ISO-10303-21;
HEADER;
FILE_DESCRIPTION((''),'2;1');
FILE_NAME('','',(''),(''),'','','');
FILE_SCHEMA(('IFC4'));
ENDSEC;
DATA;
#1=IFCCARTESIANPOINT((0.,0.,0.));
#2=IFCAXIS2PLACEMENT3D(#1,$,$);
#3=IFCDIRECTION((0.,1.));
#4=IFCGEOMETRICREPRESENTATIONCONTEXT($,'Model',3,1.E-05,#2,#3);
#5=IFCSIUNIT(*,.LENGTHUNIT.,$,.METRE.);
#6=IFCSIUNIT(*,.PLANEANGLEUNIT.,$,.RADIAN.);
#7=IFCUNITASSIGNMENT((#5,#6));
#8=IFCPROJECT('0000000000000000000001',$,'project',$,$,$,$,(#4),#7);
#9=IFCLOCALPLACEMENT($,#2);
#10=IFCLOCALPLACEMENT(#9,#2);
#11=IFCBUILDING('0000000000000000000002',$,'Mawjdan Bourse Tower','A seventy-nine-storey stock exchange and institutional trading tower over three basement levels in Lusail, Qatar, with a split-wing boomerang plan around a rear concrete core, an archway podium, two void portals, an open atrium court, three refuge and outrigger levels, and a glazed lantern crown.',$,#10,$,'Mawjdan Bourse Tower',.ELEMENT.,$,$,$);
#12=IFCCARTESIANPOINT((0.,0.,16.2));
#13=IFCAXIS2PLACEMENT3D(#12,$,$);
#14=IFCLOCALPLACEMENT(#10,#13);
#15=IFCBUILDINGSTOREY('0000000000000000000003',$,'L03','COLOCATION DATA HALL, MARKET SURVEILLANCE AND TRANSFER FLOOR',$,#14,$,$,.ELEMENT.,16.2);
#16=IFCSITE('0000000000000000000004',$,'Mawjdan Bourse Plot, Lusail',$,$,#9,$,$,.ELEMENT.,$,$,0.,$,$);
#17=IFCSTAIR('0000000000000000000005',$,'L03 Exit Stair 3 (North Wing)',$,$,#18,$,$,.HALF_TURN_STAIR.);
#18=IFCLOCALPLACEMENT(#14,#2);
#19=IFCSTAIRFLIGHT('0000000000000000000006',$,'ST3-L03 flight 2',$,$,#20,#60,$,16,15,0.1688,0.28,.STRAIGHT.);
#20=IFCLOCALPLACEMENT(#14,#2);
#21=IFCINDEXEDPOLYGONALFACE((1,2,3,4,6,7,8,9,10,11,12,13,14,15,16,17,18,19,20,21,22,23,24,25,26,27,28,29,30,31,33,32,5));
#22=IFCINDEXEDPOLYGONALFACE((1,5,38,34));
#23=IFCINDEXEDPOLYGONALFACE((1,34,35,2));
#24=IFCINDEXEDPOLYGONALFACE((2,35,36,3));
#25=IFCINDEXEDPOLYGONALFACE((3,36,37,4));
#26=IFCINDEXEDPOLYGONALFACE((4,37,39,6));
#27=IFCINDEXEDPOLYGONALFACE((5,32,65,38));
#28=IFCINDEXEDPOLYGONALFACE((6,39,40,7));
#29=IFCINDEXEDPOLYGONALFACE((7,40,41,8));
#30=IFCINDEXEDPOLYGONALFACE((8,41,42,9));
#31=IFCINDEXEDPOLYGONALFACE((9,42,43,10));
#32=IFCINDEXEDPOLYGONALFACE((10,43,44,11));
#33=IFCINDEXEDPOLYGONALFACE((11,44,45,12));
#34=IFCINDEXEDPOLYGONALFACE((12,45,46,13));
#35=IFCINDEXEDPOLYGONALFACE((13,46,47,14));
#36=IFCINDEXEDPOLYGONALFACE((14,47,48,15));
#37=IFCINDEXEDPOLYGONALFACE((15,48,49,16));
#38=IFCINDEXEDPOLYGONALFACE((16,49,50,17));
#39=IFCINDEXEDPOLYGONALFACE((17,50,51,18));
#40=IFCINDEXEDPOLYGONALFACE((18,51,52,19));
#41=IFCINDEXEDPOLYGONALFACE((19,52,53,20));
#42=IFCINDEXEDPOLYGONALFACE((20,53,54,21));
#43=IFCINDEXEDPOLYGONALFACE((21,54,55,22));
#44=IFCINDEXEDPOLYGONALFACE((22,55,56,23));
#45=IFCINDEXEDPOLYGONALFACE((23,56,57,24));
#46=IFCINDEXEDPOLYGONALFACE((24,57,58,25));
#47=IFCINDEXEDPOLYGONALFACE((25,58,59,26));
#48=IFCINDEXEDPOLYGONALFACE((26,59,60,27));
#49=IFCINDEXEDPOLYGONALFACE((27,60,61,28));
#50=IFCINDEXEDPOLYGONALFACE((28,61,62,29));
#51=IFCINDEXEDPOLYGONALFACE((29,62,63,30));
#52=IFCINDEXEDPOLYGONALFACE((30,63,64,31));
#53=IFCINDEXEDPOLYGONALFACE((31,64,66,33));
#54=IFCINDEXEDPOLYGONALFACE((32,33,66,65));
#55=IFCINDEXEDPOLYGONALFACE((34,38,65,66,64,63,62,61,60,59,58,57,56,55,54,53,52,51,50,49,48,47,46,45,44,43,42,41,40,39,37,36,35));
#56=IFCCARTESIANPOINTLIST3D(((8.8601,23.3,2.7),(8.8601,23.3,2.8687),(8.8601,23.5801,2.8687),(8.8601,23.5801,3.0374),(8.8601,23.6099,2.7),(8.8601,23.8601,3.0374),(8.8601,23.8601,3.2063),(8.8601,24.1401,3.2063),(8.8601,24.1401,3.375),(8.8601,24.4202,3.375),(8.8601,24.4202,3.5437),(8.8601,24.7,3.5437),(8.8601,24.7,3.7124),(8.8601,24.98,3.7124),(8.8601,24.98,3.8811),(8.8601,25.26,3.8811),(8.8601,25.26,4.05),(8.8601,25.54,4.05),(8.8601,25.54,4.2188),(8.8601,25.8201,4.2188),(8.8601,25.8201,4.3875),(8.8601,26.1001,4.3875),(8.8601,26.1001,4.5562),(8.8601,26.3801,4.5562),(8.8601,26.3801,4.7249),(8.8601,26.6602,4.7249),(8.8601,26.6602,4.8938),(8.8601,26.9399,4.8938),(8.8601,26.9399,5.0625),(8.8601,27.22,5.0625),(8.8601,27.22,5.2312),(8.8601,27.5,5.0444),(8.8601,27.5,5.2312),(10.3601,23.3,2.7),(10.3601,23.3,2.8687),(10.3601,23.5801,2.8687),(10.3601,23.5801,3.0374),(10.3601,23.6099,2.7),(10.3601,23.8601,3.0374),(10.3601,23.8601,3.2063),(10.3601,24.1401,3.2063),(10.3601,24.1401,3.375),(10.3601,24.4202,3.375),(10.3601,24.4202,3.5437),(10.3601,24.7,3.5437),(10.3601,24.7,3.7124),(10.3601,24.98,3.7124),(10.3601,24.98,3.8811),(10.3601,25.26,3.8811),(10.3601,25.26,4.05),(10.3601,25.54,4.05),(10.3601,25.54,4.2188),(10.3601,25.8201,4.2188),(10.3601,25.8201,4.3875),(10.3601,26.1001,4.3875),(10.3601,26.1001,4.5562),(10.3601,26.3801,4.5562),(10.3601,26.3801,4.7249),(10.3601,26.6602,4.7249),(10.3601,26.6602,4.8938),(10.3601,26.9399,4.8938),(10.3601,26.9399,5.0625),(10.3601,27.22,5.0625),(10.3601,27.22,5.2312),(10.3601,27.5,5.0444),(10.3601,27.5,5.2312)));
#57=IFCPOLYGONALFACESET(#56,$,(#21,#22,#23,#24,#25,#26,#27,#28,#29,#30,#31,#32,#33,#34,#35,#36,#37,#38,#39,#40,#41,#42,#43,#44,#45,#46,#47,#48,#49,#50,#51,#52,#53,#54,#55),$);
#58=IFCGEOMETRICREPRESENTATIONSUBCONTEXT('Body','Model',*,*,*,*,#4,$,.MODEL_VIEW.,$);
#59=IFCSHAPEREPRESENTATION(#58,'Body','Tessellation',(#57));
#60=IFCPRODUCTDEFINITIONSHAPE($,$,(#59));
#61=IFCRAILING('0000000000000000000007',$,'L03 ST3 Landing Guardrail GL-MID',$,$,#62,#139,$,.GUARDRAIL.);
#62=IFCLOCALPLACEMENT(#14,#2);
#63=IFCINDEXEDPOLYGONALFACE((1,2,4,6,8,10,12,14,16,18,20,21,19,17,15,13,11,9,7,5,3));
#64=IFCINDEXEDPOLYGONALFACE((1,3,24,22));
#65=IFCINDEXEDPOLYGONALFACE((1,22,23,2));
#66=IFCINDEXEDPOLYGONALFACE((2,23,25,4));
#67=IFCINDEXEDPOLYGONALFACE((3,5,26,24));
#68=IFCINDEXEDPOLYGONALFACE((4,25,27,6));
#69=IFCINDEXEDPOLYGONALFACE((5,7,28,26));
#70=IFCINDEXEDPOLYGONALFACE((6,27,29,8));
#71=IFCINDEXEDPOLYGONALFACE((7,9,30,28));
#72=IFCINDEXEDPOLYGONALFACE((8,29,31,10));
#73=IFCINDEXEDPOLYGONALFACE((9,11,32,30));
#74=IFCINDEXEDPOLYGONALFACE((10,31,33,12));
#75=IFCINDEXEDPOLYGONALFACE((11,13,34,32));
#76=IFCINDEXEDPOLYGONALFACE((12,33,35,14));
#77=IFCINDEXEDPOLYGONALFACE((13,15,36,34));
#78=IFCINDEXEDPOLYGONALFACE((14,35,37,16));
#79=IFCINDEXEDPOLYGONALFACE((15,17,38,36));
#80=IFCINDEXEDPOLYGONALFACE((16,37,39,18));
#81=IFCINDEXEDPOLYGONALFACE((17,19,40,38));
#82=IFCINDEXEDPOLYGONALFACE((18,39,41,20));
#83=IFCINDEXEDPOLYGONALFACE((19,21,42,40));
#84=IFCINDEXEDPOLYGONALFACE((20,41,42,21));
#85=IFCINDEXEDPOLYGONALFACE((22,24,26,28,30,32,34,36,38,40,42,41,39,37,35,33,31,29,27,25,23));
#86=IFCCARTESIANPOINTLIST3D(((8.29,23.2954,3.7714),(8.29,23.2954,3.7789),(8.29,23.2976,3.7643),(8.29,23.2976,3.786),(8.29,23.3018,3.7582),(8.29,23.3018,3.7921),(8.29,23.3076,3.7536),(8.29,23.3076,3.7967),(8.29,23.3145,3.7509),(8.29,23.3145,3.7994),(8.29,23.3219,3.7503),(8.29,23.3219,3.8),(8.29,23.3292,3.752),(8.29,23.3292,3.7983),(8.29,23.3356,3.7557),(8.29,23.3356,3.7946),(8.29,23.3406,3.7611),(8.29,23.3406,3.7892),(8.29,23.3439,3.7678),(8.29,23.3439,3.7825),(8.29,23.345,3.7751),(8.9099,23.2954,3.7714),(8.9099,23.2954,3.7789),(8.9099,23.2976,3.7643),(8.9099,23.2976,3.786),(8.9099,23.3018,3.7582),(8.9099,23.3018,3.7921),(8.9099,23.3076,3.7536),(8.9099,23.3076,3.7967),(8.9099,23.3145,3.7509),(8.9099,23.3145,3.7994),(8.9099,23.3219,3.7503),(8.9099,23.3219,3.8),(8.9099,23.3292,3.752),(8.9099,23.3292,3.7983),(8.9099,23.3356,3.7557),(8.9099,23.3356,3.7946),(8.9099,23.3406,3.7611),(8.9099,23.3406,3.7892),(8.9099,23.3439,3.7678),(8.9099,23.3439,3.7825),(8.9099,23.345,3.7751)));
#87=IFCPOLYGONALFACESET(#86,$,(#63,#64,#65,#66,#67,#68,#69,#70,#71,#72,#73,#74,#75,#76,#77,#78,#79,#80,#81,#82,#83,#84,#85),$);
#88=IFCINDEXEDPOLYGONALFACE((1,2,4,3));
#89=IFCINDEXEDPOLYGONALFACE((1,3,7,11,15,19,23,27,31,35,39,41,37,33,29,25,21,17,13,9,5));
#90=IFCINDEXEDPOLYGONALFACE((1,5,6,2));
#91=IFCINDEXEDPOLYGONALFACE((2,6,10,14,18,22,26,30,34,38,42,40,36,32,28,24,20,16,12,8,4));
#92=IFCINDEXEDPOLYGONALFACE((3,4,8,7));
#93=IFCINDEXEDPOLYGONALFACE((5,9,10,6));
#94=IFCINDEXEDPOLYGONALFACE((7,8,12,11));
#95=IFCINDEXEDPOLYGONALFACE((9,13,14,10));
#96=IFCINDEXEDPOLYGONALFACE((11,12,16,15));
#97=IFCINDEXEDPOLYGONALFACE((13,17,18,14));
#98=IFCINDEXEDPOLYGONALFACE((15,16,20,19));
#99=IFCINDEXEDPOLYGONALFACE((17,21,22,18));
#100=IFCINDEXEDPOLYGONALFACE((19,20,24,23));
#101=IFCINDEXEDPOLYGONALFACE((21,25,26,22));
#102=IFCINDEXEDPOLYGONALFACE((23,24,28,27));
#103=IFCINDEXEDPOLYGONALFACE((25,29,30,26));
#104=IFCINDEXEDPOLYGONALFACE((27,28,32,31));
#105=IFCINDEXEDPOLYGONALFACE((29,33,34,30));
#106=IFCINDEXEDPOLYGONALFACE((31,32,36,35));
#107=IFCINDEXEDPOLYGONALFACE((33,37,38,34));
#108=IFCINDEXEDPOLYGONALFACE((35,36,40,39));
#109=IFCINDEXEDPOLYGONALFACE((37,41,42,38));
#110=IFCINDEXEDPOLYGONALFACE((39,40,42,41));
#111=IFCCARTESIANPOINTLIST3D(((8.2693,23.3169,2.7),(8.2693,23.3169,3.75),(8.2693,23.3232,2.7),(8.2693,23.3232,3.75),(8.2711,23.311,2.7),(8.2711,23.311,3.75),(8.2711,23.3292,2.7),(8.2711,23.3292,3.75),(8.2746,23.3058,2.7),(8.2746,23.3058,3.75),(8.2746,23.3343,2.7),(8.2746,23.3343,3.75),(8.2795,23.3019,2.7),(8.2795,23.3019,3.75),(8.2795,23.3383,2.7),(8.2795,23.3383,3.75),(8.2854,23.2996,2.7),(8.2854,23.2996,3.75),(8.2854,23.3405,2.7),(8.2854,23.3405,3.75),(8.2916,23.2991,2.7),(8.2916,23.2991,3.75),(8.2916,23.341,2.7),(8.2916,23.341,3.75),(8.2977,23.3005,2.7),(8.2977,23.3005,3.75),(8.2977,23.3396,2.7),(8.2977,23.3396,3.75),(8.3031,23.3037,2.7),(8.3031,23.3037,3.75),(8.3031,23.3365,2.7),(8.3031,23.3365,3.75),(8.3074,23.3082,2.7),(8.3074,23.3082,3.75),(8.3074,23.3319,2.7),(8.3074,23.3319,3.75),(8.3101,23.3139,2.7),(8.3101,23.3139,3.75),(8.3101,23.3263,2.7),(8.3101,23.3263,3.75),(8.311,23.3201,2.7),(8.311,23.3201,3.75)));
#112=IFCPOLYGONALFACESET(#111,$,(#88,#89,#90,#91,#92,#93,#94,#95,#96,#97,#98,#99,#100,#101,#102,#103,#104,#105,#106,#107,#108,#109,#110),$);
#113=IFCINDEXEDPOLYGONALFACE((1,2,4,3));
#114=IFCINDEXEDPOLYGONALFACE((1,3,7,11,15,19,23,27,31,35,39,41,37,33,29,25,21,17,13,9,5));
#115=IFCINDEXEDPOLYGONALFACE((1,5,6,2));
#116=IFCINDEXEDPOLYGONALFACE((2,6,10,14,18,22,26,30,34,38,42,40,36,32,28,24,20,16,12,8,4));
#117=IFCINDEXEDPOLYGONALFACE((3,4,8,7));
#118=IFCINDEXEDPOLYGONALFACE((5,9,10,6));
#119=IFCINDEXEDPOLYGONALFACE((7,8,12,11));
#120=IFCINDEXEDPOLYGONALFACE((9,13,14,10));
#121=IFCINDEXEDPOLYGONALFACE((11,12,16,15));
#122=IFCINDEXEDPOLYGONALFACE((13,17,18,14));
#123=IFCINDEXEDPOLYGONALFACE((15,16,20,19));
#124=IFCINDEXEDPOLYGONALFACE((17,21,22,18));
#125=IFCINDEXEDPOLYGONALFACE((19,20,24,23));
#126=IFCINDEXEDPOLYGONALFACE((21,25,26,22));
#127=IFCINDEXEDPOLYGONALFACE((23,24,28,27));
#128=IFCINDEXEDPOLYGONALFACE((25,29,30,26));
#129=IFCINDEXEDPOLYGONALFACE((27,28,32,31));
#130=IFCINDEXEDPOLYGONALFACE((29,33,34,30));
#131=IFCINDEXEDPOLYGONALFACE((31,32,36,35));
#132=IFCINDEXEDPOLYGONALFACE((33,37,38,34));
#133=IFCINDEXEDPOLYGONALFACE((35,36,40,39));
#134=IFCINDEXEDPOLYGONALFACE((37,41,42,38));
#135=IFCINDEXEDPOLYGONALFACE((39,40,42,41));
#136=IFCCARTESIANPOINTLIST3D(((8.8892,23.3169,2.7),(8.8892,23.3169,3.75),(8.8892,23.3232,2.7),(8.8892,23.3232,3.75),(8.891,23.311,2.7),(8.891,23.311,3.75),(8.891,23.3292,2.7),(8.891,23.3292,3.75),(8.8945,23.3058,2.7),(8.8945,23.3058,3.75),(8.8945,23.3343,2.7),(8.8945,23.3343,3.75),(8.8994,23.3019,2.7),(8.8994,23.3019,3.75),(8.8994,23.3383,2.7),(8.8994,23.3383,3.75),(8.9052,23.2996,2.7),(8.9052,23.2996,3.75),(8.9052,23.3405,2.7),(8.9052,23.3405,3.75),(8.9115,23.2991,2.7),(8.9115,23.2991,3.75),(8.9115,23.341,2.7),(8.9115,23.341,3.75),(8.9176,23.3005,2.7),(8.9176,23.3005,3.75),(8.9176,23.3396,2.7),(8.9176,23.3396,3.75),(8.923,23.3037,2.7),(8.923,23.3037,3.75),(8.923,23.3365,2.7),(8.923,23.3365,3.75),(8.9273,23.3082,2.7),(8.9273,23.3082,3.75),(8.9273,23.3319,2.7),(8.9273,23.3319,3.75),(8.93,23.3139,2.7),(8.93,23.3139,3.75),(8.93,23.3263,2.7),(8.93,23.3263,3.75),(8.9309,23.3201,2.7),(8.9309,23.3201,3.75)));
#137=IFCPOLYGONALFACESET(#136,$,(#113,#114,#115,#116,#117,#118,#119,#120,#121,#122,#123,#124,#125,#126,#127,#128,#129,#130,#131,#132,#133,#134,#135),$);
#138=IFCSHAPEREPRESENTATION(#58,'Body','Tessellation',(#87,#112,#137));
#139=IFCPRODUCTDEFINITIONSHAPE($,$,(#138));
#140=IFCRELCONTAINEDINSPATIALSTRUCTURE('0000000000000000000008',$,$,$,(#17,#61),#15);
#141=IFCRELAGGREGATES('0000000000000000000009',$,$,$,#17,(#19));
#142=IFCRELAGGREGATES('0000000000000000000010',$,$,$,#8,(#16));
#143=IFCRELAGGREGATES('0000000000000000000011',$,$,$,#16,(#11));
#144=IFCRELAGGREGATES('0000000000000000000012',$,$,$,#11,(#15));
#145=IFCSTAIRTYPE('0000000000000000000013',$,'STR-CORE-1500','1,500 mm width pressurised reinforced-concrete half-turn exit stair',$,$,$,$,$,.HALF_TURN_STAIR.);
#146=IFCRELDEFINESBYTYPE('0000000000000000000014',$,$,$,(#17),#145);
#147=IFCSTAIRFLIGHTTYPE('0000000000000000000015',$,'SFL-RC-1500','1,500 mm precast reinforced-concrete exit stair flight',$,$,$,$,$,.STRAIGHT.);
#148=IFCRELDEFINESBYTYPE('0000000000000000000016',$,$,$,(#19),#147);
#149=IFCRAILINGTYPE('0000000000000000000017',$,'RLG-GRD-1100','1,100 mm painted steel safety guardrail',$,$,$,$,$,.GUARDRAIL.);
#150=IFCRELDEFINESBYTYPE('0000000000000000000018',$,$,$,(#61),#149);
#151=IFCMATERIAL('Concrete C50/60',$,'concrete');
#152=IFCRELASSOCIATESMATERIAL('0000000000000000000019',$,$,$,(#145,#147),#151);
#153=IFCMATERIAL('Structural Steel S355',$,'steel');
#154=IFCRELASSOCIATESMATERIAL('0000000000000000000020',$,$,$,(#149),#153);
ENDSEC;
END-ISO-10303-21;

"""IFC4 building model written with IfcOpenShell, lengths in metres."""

from ifc_helpers import new_model, si_unit, direction, frame, origin, origin_2d, place, context, subcontext, project, spatial, polyline, circle, outline, extrude, material, type_object, element, aggregate, save


model = new_model("IFC4")

# Units and contexts
model_context = context("Model", 3, precision=1e-05, world=origin(), true_north=direction((0.0, 1.0)))
body_context = subcontext(model_context, "Body", "Model", "MODEL_VIEW")
ifc_project = project(units=[si_unit("LENGTHUNIT", "METRE"), si_unit("PLANEANGLEUNIT", "RADIAN")], contexts=[model_context])

# Site, building, storey
site_placement = place(None, origin())
site = spatial("IfcSite", under=ifc_project, at=site_placement, Name="Mawjdan Bourse Plot, Lusail", CompositionType="ELEMENT", RefElevation=0.0)
building_placement = place(site_placement, origin())
building = spatial("IfcBuilding", under=site, at=building_placement, Name="Mawjdan Bourse Tower", Description="A seventy-nine-storey stock exchange and institutional trading tower over three basement levels in Lusail, Qatar, with a split-wing boomerang plan around a rear concrete core, an archway podium, two void portals, an open atrium court, three refuge and outrigger levels, and a glazed lantern crown.", LongName="Mawjdan Bourse Tower", CompositionType="ELEMENT")
storey_placement = place(building_placement, frame((0.0, 0.0, 16.2)))
storey = spatial("IfcBuildingStorey", under=building, at=storey_placement, Name="L03", Description="COLOCATION DATA HALL, MARKET SURVEILLANCE AND TRANSFER FLOOR", CompositionType="ELEMENT", Elevation=16.2)

# Shared definitions
ifc_material_1 = material(Name="Concrete C50/60", Category="concrete")

# Stair, stair flight
stair_type = type_object("IfcStairType", Name="STR-CORE-1500", Description="1,500 mm width pressurised reinforced-concrete half-turn exit stair", PredefinedType="HALF_TURN_STAIR", material=ifc_material_1)
stair_placement = place(storey_placement, origin())
stair = element("IfcStair", 1, at=stair_placement, inside=storey, type_object=stair_type, Name="L03 Exit Stair 3 (North Wing)", PredefinedType="HALF_TURN_STAIR")
stair_flight_type = type_object("IfcStairFlightType", Name="SFL-RC-1500", Description="1,500 mm precast reinforced-concrete exit stair flight", PredefinedType="STRAIGHT", material=ifc_material_1)
stair_flight_placement = place(storey_placement, frame((9.6101, 23.3, 2.7), z_axis=(0.0, 0.0, 1.0), x_axis=(0.0, 1.0, 0.0)))
stair_flight = element("IfcStairFlight", 2, at=stair_flight_placement, type_object=stair_flight_type, Name="ST3-L03 flight 2", NumberOfRisers=16, NumberOfTreads=15, PredefinedType="STRAIGHT", RiserHeight=0.1688, TreadLength=0.28, context=body_context, shape_type="SweptSolid", body=[
    extrude(outline(polyline([(0.0, 0.0), (0.0, 0.1687), (0.28, 0.1687), (0.28, 0.3374), (0.5601, 0.3374), (0.5601, 0.5063), (0.8401, 0.5063), (0.8401, 0.675), (1.1201, 0.675), (1.1201, 0.8438), (1.3999, 0.8438), (1.3999, 1.0125), (1.6799, 1.0125), (1.6799, 1.1812), (1.96, 1.1812), (1.96, 1.3501), (2.24, 1.3501), (2.24, 1.5188), (2.52, 1.5188), (2.52, 1.6875), (2.8, 1.6875), (2.8, 1.8562), (3.0801, 1.8562), (3.0801, 2.0249), (3.3601, 2.0249), (3.3601, 2.1938), (3.6399, 2.1938), (3.6399, 2.3625), (3.9199, 2.3625), (3.9199, 2.5312), (4.2, 2.5312), (4.2, 2.7), (4.2, 2.3445), (0.3098, 0.0), (0.0, 0.0)])), frame((0.0, 0.75, 0.0), z_axis=(0.0, -1.0, 0.0), x_axis=(1.0, 0.0, 0.0)), (0.0, 0.0, 1.0), 1.5),
])
aggregate(stair, [stair_flight])

# Railing
ifc_material_2 = material(Name="Structural Steel S355", Category="steel")
railing_type_1 = type_object("IfcRailingType", Name="RLG-GRD-1100", Description="1,100 mm painted steel safety guardrail", PredefinedType="GUARDRAIL", material=ifc_material_2)
for number, where, name in (
    (3, (8.29, 23.3201, 2.7), "L03 ST3 Landing Guardrail GL-MID"),
):
    element("IfcRailing", number, at=place(storey_placement, frame(where)), inside=storey, type_object=railing_type_1, Name=name, PredefinedType="GUARDRAIL", context=body_context, shape_type="SweptSolid", body=[
        extrude(circle(Radius=0.0249, at=origin_2d()), frame((0.0, 0.0, 1.0752), z_axis=(1.0, 0.0, 0.0), x_axis=(0.0, 1.0, 0.0)), (0.0, 0.0, 1.0), 0.6199),
        extrude(circle(Radius=0.021, at=origin_2d()), origin(), (0.0, 0.0, 1.0), 1.05),
        extrude(circle(Radius=0.021, at=origin_2d()), frame((0.6199, 0.0, 0.0)), (0.0, 0.0, 1.0), 1.05),
    ])

save(model, "model.ifc")
